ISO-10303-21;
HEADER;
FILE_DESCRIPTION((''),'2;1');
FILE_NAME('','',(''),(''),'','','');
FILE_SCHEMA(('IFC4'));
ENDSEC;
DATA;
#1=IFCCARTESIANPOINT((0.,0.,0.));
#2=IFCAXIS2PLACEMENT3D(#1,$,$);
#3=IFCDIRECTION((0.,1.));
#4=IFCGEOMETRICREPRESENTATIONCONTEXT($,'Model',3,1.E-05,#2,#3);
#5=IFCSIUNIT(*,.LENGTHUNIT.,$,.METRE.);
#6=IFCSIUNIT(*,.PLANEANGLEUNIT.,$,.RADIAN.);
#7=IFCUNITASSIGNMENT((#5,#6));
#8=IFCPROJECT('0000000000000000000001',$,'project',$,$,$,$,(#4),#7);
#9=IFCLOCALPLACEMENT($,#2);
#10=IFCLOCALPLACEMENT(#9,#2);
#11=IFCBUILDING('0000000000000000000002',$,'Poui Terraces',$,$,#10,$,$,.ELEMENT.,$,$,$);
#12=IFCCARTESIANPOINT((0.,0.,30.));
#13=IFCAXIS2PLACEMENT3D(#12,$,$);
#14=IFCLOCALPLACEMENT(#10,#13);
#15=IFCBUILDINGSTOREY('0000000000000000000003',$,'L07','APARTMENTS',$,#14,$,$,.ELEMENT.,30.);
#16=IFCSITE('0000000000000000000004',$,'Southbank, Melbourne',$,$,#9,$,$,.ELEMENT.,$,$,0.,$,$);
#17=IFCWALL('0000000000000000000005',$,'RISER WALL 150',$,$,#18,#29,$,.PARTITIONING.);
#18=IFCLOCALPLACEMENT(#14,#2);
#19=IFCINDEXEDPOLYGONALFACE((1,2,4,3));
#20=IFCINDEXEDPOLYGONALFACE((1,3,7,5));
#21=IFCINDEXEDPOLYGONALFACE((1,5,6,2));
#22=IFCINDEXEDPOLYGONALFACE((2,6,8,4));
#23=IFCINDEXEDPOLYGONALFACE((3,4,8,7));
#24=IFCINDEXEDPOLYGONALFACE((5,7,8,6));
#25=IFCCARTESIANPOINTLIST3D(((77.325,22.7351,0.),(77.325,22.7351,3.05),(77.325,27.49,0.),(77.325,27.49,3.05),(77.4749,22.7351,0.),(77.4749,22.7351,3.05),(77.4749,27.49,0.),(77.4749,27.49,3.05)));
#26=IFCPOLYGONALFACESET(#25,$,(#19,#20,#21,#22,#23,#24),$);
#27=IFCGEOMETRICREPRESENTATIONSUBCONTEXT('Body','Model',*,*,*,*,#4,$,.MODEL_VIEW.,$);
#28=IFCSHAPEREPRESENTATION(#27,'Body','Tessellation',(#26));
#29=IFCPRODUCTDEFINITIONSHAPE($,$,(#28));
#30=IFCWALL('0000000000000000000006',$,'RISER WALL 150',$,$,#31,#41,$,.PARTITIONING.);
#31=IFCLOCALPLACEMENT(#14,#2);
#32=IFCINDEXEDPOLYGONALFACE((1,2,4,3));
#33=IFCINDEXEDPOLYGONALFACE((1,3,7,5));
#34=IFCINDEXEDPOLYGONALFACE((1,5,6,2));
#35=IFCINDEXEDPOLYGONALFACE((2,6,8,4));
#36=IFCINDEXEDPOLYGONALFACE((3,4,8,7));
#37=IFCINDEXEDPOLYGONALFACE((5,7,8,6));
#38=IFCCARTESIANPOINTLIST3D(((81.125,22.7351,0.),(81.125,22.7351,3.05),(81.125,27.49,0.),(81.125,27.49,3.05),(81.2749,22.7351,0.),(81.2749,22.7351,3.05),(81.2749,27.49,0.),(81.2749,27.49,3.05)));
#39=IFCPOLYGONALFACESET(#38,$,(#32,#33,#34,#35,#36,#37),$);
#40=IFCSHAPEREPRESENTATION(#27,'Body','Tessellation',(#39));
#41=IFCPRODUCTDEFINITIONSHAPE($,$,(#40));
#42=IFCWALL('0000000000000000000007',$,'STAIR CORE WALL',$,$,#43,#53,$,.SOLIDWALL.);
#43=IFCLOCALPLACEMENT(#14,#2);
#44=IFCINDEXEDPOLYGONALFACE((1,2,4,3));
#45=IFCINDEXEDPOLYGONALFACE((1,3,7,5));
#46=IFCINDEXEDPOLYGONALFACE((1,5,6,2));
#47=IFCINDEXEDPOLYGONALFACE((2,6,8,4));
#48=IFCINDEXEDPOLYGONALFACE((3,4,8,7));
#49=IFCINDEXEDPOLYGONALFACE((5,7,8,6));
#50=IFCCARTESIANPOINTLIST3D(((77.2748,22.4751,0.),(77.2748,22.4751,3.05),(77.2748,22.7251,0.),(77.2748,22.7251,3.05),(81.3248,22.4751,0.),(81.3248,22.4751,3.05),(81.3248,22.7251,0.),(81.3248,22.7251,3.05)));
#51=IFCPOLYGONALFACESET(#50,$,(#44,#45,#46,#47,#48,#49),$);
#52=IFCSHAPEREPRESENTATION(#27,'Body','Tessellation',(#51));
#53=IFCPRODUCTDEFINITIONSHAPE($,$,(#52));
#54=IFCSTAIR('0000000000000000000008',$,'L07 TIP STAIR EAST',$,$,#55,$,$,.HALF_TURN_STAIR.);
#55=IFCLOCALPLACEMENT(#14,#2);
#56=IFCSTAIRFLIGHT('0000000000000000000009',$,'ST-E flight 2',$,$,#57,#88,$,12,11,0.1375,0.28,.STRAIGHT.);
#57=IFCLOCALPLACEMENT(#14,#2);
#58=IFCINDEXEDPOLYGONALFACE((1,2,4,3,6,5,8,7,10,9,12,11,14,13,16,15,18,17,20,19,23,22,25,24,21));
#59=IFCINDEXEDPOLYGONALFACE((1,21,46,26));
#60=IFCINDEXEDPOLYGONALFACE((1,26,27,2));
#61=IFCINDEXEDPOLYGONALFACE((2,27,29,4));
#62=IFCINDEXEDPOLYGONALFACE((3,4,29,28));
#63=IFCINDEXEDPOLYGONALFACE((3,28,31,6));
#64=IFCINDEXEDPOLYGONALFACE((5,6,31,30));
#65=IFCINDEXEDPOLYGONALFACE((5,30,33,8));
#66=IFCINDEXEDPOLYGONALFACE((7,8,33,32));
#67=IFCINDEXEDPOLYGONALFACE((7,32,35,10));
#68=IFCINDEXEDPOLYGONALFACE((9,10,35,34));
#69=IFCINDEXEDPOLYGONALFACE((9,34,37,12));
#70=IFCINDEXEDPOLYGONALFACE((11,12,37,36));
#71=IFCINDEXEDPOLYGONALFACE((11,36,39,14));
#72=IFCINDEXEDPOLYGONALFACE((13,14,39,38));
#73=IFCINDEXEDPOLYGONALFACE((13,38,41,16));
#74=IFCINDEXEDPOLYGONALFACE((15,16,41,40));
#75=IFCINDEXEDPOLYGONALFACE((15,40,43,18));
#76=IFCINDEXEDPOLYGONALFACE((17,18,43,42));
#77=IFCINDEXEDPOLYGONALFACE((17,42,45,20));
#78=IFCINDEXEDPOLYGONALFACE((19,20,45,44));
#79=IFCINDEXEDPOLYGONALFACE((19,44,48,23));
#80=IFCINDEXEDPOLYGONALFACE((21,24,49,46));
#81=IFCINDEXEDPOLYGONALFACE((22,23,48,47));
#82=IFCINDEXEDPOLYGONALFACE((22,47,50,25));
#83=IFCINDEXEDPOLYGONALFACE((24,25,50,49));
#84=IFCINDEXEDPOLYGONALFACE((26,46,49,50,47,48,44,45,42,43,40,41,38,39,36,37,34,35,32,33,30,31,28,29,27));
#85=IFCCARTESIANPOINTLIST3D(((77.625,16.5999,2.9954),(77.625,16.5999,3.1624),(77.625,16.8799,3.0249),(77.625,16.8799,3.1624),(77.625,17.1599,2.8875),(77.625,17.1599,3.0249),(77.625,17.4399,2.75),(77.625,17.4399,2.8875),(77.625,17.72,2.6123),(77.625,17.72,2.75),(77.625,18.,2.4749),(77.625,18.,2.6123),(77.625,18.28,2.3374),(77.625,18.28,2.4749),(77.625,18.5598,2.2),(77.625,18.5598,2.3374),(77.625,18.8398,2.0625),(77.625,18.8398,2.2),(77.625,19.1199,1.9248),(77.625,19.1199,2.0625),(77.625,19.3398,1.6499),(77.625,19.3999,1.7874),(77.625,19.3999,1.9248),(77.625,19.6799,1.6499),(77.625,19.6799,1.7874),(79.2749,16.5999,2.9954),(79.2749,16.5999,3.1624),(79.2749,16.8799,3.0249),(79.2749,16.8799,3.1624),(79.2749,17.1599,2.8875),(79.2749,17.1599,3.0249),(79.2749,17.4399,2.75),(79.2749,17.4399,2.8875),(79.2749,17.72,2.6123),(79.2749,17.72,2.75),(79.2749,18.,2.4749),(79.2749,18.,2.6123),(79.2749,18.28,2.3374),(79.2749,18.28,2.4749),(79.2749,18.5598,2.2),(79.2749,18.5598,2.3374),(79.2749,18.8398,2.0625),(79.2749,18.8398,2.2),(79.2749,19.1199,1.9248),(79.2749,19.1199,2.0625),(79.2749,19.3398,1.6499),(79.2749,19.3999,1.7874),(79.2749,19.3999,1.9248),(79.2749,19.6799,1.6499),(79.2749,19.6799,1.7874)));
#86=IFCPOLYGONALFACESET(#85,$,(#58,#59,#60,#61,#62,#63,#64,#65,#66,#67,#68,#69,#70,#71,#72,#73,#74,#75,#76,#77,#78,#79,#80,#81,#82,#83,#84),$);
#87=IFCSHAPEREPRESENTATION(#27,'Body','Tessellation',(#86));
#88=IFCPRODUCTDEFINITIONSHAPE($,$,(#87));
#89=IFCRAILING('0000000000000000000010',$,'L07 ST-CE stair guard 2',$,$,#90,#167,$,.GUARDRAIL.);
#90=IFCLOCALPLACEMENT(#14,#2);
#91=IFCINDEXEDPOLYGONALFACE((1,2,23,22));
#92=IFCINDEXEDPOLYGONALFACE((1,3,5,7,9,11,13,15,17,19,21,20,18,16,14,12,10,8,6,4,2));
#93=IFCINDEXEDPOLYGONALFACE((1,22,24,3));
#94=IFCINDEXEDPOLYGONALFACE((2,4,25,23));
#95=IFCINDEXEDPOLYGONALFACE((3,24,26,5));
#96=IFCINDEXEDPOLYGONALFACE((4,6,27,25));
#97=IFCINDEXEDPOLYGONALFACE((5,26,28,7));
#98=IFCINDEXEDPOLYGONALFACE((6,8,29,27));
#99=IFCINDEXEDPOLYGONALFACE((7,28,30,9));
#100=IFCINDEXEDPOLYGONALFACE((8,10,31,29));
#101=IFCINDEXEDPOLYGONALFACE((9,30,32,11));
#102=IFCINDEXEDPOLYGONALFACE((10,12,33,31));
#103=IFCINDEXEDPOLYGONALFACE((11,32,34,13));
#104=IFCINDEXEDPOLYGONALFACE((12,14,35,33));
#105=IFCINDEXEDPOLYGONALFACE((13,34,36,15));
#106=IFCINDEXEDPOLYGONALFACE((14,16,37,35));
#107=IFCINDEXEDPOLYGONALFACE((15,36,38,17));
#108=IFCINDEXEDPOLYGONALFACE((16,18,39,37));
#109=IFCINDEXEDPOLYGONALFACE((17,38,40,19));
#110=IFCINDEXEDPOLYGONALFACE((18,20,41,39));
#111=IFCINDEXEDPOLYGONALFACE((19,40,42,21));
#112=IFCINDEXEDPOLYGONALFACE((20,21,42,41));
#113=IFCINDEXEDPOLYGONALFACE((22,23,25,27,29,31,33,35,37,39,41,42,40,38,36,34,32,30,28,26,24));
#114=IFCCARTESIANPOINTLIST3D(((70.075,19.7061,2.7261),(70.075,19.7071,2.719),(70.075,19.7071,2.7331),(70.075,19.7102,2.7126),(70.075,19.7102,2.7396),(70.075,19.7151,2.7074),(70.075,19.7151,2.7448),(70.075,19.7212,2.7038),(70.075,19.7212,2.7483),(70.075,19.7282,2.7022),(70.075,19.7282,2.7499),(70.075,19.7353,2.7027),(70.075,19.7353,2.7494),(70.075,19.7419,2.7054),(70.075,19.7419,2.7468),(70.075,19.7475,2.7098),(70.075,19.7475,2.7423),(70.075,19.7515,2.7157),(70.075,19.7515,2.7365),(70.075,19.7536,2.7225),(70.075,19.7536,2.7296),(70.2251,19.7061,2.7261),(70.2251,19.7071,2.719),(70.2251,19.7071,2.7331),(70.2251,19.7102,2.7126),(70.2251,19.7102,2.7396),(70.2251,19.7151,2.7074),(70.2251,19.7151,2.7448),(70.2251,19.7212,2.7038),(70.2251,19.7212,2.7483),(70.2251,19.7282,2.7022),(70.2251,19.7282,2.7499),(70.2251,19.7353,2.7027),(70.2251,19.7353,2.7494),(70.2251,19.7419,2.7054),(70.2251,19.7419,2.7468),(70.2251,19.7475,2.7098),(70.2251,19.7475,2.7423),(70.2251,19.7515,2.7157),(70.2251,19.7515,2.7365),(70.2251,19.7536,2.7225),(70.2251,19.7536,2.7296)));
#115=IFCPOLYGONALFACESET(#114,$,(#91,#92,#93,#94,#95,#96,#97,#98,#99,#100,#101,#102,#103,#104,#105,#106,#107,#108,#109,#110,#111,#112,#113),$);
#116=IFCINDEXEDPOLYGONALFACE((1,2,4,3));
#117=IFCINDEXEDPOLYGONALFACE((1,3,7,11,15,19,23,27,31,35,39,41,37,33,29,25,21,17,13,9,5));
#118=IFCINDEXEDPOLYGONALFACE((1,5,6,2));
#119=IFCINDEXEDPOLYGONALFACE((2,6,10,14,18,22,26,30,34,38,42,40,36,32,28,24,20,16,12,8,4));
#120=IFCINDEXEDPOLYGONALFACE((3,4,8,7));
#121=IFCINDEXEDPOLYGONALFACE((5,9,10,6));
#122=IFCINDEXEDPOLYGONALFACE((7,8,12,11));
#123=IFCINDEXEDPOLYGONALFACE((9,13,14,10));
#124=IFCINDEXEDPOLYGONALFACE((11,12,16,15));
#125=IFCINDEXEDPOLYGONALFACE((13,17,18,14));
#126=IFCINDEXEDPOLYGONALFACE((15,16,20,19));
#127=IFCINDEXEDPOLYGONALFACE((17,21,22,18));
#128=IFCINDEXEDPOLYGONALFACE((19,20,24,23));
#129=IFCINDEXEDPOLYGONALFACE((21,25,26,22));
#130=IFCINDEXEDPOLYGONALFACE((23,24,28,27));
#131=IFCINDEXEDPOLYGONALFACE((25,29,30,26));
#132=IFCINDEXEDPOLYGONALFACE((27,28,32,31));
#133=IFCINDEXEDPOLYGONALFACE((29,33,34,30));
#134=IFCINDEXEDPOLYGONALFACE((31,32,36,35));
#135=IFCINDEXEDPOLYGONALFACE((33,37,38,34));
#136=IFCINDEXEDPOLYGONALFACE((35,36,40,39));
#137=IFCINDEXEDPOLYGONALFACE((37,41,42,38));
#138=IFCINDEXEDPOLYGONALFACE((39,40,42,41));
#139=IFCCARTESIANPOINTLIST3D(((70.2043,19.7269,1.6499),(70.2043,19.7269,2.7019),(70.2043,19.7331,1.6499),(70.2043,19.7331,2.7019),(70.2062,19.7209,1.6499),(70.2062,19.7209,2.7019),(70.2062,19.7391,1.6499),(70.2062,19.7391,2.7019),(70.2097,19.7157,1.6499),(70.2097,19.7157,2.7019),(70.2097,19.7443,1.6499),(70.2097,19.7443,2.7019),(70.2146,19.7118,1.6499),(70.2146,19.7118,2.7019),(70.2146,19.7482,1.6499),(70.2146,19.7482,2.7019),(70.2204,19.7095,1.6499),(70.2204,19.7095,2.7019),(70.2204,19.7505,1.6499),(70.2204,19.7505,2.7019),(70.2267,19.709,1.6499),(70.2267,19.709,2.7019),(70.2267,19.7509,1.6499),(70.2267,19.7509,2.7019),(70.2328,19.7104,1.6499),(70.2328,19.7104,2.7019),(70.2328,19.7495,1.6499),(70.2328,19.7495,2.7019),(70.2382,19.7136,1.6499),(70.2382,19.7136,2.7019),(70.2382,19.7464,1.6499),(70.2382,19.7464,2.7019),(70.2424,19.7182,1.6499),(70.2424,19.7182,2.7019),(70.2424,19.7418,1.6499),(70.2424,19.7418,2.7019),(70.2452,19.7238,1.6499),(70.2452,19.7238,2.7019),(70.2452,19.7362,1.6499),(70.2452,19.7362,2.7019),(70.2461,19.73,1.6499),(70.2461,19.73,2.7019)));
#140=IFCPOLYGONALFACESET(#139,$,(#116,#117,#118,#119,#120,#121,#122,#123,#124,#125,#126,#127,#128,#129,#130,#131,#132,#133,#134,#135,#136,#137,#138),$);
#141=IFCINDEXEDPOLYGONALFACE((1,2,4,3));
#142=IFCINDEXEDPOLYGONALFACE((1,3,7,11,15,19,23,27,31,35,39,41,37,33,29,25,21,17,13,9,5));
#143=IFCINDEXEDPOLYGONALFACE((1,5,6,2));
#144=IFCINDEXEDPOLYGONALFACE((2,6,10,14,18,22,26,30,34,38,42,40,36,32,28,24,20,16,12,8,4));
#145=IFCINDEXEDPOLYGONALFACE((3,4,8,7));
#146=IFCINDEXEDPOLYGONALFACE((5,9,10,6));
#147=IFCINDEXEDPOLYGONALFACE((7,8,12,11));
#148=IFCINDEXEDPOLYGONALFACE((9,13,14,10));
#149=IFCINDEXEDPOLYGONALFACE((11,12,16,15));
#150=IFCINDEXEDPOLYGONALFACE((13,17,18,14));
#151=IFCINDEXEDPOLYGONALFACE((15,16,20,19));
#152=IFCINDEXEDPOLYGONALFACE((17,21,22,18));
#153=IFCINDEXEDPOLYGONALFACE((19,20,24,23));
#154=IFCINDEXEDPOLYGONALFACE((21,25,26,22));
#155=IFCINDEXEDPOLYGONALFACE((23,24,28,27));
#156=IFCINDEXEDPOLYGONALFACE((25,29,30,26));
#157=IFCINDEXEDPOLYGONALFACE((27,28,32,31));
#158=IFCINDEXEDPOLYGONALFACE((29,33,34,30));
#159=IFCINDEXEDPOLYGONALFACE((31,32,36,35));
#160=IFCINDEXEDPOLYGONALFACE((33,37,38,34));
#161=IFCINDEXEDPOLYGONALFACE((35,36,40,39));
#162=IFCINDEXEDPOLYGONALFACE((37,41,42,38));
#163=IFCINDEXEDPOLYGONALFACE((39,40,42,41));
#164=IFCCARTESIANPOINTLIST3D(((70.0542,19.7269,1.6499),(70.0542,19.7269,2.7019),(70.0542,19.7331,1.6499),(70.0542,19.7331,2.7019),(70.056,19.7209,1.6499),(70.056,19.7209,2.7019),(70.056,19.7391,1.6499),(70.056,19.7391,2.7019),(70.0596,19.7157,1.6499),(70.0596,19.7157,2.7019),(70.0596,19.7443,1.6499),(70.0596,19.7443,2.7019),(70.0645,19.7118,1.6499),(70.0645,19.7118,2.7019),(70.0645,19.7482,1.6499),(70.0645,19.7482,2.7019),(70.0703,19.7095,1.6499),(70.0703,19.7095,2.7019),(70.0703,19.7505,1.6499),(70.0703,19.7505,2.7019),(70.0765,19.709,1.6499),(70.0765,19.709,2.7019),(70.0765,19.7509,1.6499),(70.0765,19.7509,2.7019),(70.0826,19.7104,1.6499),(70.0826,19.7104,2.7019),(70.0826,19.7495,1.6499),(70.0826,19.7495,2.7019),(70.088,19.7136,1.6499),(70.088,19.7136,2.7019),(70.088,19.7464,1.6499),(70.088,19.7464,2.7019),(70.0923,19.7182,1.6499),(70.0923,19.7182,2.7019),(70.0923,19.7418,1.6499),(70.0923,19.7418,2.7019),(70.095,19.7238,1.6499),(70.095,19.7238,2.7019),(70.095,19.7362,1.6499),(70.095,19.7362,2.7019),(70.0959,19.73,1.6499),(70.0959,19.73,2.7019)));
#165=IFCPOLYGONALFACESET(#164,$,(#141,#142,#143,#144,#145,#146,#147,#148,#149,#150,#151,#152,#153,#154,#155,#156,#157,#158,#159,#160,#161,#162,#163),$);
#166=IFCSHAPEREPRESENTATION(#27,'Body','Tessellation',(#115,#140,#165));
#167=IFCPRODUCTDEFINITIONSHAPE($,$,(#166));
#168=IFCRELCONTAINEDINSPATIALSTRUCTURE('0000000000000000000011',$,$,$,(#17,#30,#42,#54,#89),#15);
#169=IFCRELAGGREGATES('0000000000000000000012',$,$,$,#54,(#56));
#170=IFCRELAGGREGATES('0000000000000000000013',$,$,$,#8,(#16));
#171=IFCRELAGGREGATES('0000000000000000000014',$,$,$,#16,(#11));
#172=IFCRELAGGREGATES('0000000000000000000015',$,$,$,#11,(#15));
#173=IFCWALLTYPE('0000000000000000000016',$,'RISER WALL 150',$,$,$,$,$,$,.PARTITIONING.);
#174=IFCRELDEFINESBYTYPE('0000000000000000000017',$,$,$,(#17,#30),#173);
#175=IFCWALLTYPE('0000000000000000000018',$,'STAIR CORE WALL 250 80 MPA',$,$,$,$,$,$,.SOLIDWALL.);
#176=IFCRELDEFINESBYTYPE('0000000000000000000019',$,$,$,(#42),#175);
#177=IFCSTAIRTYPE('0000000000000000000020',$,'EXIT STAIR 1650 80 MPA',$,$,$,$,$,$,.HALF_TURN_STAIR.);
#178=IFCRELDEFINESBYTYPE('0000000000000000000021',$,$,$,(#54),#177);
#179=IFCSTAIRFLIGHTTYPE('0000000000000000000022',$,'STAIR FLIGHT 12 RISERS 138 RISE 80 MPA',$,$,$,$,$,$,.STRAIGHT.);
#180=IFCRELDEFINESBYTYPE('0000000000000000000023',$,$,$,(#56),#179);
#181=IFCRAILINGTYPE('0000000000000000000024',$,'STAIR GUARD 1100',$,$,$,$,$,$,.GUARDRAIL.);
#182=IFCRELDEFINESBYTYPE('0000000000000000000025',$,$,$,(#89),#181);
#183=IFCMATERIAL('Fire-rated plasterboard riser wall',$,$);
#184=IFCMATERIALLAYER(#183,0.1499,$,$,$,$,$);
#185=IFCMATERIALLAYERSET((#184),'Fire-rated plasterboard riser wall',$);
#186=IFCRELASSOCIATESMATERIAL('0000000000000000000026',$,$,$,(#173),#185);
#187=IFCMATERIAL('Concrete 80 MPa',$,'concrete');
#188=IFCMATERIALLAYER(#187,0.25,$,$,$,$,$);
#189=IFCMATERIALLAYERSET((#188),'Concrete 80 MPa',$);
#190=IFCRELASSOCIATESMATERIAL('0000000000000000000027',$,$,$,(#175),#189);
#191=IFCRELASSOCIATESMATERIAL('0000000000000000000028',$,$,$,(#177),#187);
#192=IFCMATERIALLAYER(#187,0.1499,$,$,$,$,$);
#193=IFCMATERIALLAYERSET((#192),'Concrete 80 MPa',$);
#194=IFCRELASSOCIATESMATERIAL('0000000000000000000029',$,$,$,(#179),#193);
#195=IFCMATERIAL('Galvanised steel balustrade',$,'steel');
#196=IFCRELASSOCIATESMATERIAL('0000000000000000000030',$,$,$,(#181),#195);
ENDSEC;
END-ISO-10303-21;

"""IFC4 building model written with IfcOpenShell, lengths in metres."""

from ifc_helpers import new_model, si_unit, direction, frame, frame_2d, origin, origin_2d, place, context, subcontext, project, spatial, polyline, rectangle, circle, outline, extrude, material, layer, layer_set, type_object, element, aggregate, save


model = new_model("IFC4")

# Units and contexts
model_context = context("Model", 3, precision=1e-05, world=origin(), true_north=direction((0.0, 1.0)))
body_context = subcontext(model_context, "Body", "Model", "MODEL_VIEW")
ifc_project = project(units=[si_unit("LENGTHUNIT", "METRE"), si_unit("PLANEANGLEUNIT", "RADIAN")], contexts=[model_context])

# Site, building, storey
site_placement = place(None, origin())
site = spatial("IfcSite", under=ifc_project, at=site_placement, Name="Southbank, Melbourne", CompositionType="ELEMENT", RefElevation=0.0)
building_placement = place(site_placement, origin())
building = spatial("IfcBuilding", under=site, at=building_placement, Name="Poui Terraces", CompositionType="ELEMENT")
storey_placement = place(building_placement, frame((0.0, 0.0, 30.0)))
storey = spatial("IfcBuildingStorey", under=building, at=storey_placement, Name="L07", Description="APARTMENTS", CompositionType="ELEMENT", Elevation=30.0)

# Shared definitions
ifc_material_1 = material(Name="Concrete 80 MPa", Category="concrete")

# Walls
ifc_material_2 = material(Name="Fire-rated plasterboard riser wall")
ifc_layer_1 = layer(ifc_material_2, 0.1499)
ifc_layer_set_1 = layer_set([ifc_layer_1], Name="Fire-rated plasterboard riser wall")
wall_type_1 = type_object("IfcWallType", Name="RISER WALL 150", PredefinedType="PARTITIONING", material=ifc_layer_set_1)
for number, where, z_axis, x_axis, name in (
    (1, (77.3999, 22.7351, 0.0), (0.0, 0.0, 1.0), (0.0, 1.0, 0.0), "RISER WALL 150"),
    (2, (81.2, 22.7351, 0.0), (0.0, 0.0, 1.0), (0.0, 1.0, 0.0), "RISER WALL 150"),
):
    element("IfcWall", number, at=place(storey_placement, frame(where, z_axis=z_axis, x_axis=x_axis)), inside=storey, type_object=wall_type_1, Name=name, PredefinedType="PARTITIONING", context=body_context, shape_type="SweptSolid", body=[
        extrude(rectangle(XDim=4.7549, YDim=0.1499, at=frame_2d((2.3774, 0.0))), origin(), (0.0, 0.0, 1.0), 3.05),
    ])
ifc_layer_2 = layer(ifc_material_1, 0.25)
ifc_layer_set_2 = layer_set([ifc_layer_2], Name="Concrete 80 MPa")
wall_type_2 = type_object("IfcWallType", Name="STAIR CORE WALL 250 80 MPA", PredefinedType="SOLIDWALL", material=ifc_layer_set_2)
wall_1_placement = place(storey_placement, frame((77.2749, 22.6001, 0.0), z_axis=(0.0, 0.0, 1.0), x_axis=(1.0, 0.0, 0.0)))
element("IfcWall", 3, at=wall_1_placement, inside=storey, type_object=wall_type_2, Name="STAIR CORE WALL", PredefinedType="SOLIDWALL", context=body_context, shape_type="SweptSolid", body=[
    extrude(rectangle(XDim=4.05, YDim=0.25, at=frame_2d((2.0249, 0.0))), origin(), (0.0, 0.0, 1.0), 3.05),
])

# Stair, stair flight
stair_type = type_object("IfcStairType", Name="EXIT STAIR 1650 80 MPA", PredefinedType="HALF_TURN_STAIR", material=ifc_material_1)
stair_placement = place(storey_placement, origin())
stair = element("IfcStair", 4, at=stair_placement, inside=storey, type_object=stair_type, Name="L07 TIP STAIR EAST", PredefinedType="HALF_TURN_STAIR")
ifc_layer_3 = layer(ifc_material_1, 0.1499)
ifc_layer_set_3 = layer_set([ifc_layer_3], Name="Concrete 80 MPa")
stair_flight_type = type_object("IfcStairFlightType", Name="STAIR FLIGHT 12 RISERS 138 RISE 80 MPA", PredefinedType="STRAIGHT", material=ifc_layer_set_3)
stair_flight_placement = place(storey_placement, frame((78.45, 19.6799, 1.6499), z_axis=(0.0, 0.0, 1.0), x_axis=(0.0, -1.0, 0.0)))
stair_flight = element("IfcStairFlight", 5, at=stair_flight_placement, type_object=stair_flight_type, Name="ST-E flight 2", NumberOfRisers=12, NumberOfTreads=11, PredefinedType="STRAIGHT", RiserHeight=0.1375, TreadLength=0.28, context=body_context, shape_type="SweptSolid", body=[
    extrude(outline(polyline([(0.0, 0.0), (0.0, 0.1375), (0.28, 0.1375), (0.28, 0.2749), (0.5601, 0.2749), (0.5601, 0.4126), (0.8401, 0.4126), (0.8401, 0.55), (1.1201, 0.55), (1.1201, 0.6875), (1.3999, 0.6875), (1.3999, 0.825), (1.6799, 0.825), (1.6799, 0.9624), (1.96, 0.9624), (1.96, 1.1001), (2.24, 1.1001), (2.24, 1.2375), (2.52, 1.2375), (2.52, 1.375), (2.8, 1.375), (2.8, 1.5125), (3.0801, 1.5125), (3.0801, 1.6499), (3.0801, 1.3455), (0.3401, 0.0), (0.0, 0.0)])), frame((0.0, 0.825, 0.0), z_axis=(0.0, -1.0, 0.0), x_axis=(1.0, 0.0, 0.0)), (0.0, 0.0, 1.0), 1.6499),
])
aggregate(stair, [stair_flight])

# Railing
ifc_material_3 = material(Name="Galvanised steel balustrade", Category="steel")
railing_type_1 = type_object("IfcRailingType", Name="STAIR GUARD 1100", PredefinedType="GUARDRAIL", material=ifc_material_3)
railing_1_placement = place(storey_placement, frame((70.2251, 19.73, 1.6499)))
element("IfcRailing", 6, at=railing_1_placement, inside=storey, type_object=railing_type_1, Name="L07 ST-CE stair guard 2", PredefinedType="GUARDRAIL", context=body_context, shape_type="SweptSolid", body=[
    extrude(circle(Radius=0.0239, at=origin_2d()), frame((0.0, 0.0, 1.0762), z_axis=(-1.0, 0.0, 0.0), x_axis=(0.0, -1.0, 0.0)), (0.0, 0.0, 1.0), 0.1501),
    extrude(circle(Radius=0.021, at=origin_2d()), origin(), (0.0, 0.0, 1.0), 1.052),
    extrude(circle(Radius=0.021, at=origin_2d()), frame((-0.1501, 0.0, 0.0)), (0.0, 0.0, 1.0), 1.052),
])

save(model, "model.ifc")
